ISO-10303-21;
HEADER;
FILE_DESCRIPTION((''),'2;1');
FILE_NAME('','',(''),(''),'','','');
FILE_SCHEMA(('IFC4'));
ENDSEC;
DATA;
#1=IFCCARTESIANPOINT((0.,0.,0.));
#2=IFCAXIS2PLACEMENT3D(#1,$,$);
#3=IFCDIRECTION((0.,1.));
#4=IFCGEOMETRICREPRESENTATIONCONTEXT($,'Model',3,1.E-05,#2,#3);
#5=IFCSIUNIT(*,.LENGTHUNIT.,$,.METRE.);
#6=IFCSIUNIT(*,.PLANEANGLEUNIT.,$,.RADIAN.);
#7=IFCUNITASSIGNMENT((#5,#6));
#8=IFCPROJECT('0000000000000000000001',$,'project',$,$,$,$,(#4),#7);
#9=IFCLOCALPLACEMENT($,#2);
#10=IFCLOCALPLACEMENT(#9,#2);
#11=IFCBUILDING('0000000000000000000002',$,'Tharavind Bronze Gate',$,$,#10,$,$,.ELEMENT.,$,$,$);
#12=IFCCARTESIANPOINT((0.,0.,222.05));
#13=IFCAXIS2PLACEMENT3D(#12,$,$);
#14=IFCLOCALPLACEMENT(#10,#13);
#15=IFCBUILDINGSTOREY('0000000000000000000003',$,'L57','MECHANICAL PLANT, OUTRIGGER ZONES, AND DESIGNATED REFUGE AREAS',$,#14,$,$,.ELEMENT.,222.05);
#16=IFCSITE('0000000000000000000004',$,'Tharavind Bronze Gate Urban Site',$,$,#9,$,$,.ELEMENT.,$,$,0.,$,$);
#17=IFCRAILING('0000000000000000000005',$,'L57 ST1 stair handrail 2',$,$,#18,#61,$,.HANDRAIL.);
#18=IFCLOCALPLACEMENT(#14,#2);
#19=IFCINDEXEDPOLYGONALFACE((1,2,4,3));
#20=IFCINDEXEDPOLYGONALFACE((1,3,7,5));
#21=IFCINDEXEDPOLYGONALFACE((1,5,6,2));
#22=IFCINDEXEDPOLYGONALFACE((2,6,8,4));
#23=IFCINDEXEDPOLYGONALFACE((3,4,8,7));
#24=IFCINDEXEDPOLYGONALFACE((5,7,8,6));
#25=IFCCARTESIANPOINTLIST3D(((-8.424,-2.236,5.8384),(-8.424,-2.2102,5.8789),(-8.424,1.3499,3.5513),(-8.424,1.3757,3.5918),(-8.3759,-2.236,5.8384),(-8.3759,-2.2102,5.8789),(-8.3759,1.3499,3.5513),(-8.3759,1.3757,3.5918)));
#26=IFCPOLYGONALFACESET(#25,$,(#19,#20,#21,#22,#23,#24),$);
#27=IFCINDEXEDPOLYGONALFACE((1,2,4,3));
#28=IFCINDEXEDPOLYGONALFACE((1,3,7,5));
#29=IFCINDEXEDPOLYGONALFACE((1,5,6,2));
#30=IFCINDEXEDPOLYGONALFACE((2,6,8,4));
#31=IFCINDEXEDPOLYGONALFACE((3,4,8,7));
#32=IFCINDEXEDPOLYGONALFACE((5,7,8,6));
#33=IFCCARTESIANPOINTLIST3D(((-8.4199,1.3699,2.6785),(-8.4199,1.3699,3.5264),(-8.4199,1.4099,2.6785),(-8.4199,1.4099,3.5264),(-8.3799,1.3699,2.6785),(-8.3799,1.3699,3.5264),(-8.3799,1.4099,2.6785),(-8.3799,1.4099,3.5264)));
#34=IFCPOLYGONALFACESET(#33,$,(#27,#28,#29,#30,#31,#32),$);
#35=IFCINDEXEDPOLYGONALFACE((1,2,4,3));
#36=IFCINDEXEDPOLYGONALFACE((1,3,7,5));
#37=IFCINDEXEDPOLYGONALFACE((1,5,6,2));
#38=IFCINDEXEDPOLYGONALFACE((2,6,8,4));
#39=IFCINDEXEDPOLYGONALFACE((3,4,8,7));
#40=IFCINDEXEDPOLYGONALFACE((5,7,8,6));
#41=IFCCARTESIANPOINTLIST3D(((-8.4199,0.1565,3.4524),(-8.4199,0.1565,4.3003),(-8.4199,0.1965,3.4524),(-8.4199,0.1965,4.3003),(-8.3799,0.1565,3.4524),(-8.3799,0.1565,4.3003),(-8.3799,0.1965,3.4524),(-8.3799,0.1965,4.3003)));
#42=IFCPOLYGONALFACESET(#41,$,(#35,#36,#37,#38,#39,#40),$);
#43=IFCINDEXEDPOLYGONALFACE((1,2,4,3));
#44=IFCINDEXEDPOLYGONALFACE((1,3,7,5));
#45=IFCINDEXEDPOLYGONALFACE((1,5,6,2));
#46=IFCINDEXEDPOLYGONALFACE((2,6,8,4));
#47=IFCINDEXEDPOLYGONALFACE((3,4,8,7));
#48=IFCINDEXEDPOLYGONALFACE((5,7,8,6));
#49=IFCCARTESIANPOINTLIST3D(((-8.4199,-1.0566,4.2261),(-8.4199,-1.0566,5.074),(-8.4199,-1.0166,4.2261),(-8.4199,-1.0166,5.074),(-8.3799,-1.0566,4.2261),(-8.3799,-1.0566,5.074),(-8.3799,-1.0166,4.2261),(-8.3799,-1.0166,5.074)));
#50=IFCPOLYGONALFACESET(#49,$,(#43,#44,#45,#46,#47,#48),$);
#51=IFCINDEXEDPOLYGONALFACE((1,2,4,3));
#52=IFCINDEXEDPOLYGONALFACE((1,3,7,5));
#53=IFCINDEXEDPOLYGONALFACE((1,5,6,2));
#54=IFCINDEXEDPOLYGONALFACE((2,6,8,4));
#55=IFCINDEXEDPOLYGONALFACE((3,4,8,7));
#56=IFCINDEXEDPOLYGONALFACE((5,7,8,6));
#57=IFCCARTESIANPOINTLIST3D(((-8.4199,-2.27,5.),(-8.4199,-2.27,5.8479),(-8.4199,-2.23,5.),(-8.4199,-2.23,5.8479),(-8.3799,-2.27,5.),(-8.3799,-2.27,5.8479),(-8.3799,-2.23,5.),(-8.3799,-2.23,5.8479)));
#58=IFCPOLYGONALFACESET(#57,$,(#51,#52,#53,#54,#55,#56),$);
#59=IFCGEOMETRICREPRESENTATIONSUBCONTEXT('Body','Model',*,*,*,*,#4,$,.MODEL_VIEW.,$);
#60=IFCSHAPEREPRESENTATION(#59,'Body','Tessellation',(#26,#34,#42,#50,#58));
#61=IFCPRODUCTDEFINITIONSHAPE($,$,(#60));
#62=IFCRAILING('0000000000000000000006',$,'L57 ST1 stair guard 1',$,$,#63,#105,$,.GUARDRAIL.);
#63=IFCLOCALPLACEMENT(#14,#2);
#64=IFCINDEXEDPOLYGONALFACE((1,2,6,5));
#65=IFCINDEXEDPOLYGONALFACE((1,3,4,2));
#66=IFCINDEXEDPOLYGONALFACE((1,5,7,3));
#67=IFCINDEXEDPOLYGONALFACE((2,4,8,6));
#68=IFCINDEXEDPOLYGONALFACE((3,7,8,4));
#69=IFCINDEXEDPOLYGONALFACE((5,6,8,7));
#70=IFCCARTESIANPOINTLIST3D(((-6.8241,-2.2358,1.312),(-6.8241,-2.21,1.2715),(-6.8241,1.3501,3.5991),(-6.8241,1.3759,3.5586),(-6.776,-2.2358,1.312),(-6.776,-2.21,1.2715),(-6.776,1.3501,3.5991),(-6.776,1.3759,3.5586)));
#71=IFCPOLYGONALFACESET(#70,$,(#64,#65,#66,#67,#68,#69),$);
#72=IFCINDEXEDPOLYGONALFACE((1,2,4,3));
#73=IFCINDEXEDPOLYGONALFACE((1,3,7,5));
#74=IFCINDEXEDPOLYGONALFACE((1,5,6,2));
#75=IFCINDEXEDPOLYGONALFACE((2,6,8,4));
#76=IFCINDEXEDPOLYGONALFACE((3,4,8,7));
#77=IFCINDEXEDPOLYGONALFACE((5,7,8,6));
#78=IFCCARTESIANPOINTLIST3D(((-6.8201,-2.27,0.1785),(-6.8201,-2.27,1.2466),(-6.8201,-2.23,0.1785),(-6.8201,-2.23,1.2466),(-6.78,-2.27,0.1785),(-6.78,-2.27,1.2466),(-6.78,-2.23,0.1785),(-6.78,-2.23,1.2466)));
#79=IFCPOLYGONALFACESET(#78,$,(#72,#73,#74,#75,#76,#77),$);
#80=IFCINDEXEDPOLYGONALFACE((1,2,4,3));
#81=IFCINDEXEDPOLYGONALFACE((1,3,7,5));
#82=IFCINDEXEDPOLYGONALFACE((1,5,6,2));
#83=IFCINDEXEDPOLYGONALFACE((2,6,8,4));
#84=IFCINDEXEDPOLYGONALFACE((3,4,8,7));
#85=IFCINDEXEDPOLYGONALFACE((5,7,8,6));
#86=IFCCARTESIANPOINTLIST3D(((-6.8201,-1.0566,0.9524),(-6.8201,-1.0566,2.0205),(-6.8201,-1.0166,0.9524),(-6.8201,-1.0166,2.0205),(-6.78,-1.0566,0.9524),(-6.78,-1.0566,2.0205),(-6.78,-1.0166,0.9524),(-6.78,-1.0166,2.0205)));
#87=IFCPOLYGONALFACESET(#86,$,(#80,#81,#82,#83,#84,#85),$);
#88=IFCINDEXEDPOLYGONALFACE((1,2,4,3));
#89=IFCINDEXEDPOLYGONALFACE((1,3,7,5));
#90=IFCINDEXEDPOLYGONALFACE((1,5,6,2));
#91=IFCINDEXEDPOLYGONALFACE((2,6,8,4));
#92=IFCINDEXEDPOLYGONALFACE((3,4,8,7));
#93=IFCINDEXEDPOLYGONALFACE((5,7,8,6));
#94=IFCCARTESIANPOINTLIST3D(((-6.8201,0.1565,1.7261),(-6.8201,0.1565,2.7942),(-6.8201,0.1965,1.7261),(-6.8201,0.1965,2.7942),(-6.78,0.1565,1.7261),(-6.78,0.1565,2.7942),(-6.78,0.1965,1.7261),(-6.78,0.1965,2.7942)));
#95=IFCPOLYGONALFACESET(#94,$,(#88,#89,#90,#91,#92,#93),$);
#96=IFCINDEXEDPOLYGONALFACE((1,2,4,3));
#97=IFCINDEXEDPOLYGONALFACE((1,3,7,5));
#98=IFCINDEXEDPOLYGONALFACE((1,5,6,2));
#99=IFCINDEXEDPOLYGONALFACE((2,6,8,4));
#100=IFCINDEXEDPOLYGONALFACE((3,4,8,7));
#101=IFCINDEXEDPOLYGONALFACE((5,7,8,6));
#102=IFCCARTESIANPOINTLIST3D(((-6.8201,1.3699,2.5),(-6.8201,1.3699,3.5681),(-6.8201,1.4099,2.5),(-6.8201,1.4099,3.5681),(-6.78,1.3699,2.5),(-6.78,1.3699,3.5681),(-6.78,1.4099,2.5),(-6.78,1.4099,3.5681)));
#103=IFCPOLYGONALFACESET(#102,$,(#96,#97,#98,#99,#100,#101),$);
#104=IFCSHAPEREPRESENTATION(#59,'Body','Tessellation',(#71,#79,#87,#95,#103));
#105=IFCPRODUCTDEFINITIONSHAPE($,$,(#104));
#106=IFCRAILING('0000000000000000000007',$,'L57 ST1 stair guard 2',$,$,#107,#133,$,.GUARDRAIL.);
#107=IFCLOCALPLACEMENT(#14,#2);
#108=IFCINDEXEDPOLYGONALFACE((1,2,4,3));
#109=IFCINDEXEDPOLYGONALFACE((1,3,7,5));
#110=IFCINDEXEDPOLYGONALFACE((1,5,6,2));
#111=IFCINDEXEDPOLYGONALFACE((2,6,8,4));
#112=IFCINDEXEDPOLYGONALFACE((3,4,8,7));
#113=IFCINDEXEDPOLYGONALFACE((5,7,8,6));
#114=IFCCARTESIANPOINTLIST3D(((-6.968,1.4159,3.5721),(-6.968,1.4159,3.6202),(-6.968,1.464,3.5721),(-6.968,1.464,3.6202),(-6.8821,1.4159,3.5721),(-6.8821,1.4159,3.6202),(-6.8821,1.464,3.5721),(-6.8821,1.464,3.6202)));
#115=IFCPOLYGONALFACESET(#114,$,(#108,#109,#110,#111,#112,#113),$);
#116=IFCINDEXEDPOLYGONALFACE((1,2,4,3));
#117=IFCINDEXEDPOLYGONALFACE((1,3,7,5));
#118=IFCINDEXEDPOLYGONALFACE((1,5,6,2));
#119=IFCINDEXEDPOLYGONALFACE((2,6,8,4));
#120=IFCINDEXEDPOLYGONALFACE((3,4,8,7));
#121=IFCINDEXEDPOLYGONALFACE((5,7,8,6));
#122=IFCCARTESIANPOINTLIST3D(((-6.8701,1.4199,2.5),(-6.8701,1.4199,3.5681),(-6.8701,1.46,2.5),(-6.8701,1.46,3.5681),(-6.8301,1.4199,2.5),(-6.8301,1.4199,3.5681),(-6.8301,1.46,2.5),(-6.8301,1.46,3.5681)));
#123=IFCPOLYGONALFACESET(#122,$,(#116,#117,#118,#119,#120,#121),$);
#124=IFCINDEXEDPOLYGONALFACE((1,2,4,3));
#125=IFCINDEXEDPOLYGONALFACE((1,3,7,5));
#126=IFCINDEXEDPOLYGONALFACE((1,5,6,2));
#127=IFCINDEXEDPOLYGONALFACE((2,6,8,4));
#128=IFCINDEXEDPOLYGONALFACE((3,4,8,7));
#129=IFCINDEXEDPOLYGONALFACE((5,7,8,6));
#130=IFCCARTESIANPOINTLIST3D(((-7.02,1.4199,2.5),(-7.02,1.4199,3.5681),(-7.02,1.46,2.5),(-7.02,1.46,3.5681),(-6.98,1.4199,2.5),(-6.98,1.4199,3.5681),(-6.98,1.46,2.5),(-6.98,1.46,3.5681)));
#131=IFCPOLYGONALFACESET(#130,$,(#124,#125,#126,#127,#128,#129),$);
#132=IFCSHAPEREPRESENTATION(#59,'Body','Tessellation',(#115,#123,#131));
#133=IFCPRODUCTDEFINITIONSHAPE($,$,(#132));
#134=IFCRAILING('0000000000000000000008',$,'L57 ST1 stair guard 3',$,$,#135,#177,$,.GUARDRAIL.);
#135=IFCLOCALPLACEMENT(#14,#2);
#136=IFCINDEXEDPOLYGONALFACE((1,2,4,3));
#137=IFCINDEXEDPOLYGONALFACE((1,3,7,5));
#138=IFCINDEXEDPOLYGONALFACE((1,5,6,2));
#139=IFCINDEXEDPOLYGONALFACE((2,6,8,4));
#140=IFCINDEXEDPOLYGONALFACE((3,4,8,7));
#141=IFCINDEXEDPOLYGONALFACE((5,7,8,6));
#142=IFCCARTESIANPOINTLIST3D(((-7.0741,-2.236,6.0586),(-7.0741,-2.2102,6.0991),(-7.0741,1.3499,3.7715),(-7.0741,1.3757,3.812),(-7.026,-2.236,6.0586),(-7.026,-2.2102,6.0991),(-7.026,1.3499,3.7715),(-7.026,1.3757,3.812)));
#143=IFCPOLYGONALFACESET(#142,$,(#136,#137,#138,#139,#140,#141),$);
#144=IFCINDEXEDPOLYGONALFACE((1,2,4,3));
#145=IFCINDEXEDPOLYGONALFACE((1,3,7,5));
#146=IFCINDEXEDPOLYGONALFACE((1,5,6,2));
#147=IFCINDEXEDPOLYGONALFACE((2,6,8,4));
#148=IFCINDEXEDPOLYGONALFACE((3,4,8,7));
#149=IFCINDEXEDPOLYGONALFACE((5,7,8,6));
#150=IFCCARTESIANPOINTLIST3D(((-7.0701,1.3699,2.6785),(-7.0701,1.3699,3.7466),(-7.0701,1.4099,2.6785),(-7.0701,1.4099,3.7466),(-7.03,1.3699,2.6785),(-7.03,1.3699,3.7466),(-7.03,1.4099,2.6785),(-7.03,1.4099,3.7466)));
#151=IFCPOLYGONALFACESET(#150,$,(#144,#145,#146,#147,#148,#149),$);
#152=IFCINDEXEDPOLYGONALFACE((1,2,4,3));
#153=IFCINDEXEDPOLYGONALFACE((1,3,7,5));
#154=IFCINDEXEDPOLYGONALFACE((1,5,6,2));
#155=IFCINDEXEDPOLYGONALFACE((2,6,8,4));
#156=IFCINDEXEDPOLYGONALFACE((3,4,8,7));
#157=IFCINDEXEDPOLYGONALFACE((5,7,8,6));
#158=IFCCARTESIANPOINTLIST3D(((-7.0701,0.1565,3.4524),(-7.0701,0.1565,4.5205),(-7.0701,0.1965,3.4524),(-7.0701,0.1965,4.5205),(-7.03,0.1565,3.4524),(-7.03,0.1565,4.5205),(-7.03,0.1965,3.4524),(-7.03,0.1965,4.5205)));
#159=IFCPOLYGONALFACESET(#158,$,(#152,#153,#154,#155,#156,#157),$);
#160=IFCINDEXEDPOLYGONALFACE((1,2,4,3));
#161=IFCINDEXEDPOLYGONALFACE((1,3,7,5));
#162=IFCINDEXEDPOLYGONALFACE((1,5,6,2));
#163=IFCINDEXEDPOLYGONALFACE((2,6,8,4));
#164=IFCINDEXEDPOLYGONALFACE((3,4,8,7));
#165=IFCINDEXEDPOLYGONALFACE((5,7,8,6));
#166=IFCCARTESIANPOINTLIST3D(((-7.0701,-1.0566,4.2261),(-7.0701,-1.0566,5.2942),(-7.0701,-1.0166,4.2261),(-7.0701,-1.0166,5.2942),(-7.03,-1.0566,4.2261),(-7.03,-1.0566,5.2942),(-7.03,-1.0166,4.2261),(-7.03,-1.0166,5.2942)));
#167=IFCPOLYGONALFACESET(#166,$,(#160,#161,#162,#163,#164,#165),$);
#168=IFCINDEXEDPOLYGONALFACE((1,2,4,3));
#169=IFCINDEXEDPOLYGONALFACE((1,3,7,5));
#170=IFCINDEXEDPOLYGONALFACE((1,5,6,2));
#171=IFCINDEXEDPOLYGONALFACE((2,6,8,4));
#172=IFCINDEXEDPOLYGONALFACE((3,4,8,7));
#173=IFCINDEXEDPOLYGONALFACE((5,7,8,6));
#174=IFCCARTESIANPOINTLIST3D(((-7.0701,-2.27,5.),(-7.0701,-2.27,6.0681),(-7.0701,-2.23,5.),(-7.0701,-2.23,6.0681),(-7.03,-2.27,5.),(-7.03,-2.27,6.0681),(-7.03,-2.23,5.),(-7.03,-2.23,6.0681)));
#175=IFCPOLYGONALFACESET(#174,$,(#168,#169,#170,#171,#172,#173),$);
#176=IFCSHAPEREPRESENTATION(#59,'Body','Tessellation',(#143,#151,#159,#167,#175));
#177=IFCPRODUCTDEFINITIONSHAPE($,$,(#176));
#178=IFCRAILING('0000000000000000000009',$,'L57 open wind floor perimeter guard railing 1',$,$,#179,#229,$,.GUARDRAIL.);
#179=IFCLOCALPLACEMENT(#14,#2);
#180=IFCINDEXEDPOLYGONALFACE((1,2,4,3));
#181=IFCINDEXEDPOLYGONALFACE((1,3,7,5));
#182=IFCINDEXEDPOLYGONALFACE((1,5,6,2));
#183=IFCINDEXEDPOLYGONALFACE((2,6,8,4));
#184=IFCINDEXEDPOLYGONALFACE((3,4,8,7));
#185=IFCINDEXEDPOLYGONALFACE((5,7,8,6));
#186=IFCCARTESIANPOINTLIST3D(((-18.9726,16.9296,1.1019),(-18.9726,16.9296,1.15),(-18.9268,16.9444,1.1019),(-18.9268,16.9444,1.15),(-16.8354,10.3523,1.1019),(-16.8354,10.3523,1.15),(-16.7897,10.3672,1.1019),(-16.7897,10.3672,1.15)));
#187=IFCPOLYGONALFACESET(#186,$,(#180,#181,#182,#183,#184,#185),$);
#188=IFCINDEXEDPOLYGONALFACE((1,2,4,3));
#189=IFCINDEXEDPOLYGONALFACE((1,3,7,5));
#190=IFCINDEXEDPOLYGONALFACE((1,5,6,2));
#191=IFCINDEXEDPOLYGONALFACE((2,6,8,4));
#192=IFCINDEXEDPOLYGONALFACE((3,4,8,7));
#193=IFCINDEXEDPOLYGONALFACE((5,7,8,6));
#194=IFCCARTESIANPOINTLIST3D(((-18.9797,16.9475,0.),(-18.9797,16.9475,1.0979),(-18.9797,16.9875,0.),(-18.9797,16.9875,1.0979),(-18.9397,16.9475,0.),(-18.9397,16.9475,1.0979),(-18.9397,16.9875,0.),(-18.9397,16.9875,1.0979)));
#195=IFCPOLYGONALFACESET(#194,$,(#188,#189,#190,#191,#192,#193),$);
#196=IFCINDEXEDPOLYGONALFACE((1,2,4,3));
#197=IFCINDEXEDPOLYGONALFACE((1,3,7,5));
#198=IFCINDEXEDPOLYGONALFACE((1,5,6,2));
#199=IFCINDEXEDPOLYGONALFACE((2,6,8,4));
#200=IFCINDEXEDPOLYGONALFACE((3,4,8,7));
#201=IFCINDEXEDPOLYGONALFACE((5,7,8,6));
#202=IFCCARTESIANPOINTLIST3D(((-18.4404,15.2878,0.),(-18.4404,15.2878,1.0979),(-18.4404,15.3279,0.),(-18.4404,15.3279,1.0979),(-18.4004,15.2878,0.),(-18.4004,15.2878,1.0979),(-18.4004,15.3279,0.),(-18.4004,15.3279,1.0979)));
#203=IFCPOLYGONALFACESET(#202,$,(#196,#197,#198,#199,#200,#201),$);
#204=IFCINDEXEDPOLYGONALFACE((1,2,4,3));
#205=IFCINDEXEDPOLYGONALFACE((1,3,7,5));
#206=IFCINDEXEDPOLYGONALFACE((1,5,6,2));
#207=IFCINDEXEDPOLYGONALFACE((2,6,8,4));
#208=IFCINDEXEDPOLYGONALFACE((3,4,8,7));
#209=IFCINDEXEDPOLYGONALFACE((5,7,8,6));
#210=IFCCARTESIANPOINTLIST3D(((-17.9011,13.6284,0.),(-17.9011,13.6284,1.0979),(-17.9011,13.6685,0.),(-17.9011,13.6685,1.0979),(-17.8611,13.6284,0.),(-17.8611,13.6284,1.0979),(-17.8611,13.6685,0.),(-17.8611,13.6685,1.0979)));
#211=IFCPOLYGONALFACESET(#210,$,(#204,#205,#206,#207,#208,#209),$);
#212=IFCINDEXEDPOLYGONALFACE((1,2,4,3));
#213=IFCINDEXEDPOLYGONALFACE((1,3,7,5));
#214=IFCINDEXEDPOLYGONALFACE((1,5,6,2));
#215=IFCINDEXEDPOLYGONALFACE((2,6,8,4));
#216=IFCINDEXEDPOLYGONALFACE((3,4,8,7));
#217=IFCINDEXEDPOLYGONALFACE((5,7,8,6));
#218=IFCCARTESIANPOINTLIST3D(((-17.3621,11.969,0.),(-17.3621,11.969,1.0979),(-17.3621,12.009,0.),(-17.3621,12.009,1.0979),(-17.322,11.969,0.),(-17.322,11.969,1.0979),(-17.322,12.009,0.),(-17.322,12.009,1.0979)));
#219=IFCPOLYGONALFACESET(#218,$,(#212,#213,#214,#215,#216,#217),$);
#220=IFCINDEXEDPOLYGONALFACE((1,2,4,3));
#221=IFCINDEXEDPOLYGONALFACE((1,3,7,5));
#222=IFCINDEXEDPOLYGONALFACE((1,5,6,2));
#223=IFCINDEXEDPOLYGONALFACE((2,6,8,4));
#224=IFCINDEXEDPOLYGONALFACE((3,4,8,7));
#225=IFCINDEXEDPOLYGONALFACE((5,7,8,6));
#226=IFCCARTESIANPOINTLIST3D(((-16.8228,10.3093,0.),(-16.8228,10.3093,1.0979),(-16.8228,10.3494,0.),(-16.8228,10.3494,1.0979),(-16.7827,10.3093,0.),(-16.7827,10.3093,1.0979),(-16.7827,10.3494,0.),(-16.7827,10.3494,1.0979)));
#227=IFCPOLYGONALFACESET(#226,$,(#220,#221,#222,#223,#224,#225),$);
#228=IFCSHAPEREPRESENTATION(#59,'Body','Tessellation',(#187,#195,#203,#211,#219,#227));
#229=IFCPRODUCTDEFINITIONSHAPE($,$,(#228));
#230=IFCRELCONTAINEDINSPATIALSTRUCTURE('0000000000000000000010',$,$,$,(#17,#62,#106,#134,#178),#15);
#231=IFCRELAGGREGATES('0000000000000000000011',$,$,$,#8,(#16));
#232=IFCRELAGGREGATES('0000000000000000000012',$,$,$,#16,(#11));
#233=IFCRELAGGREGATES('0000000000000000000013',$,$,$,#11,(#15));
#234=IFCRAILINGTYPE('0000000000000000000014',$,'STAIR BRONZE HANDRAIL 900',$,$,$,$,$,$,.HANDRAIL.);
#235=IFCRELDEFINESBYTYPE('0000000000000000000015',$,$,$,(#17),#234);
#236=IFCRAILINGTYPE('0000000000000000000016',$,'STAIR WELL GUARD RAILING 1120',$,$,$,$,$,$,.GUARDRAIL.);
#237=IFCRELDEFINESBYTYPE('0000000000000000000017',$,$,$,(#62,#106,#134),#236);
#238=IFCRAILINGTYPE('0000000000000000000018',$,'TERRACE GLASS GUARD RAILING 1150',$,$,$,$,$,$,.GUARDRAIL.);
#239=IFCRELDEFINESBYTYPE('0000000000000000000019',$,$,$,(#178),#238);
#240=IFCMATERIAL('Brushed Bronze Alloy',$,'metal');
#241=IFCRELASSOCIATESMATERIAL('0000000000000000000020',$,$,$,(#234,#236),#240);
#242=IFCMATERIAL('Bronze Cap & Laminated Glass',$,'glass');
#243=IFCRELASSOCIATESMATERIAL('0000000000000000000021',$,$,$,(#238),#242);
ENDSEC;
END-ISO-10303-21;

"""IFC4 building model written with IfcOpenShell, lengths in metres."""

from ifc_helpers import new_model, si_unit, direction, frame, origin, origin_2d, place, context, subcontext, project, spatial, rectangle, extrude, material, type_object, element, save


model = new_model("IFC4")

# Units and contexts
model_context = context("Model", 3, precision=1e-05, world=origin(), true_north=direction((0.0, 1.0)))
body_context = subcontext(model_context, "Body", "Model", "MODEL_VIEW")
ifc_project = project(units=[si_unit("LENGTHUNIT", "METRE"), si_unit("PLANEANGLEUNIT", "RADIAN")], contexts=[model_context])

# Site, building, storey
site_placement = place(None, origin())
site = spatial("IfcSite", under=ifc_project, at=site_placement, Name="Tharavind Bronze Gate Urban Site", CompositionType="ELEMENT", RefElevation=0.0)
building_placement = place(site_placement, origin())
building = spatial("IfcBuilding", under=site, at=building_placement, Name="Tharavind Bronze Gate", CompositionType="ELEMENT")
storey_placement = place(building_placement, frame((0.0, 0.0, 222.05)))
storey = spatial("IfcBuildingStorey", under=building, at=storey_placement, Name="L57", Description="MECHANICAL PLANT, OUTRIGGER ZONES, AND DESIGNATED REFUGE AREAS", CompositionType="ELEMENT", Elevation=222.05)

# Railings
ifc_material_1 = material(Name="Brushed Bronze Alloy", Category="metal")
railing_type_1 = type_object("IfcRailingType", Name="STAIR BRONZE HANDRAIL 900", PredefinedType="HANDRAIL", material=ifc_material_1)
railing_1_placement = place(storey_placement, frame((-8.3999, 1.3899, 2.6785)))
element("IfcRailing", 1, at=railing_1_placement, inside=storey, type_object=railing_type_1, Name="L57 ST1 stair handrail 2", PredefinedType="HANDRAIL", context=body_context, shape_type="SweptSolid", body=[
    extrude(rectangle(XDim=0.0481, YDim=0.0481, at=origin_2d()), frame((0.0, -0.0271, 0.8931), z_axis=(0.0, -0.843112, 0.537739), x_axis=(1.0, 0.0, 0.0)), (0.0, 0.0, 1.0), 4.2532),
    extrude(rectangle(XDim=0.04, YDim=0.04, at=origin_2d()), origin(), (0.0, 0.0, 1.0), 0.8479),
    extrude(rectangle(XDim=0.04, YDim=0.04, at=origin_2d()), frame((0.0, -1.2134, 0.7739)), (0.0, 0.0, 1.0), 0.8479),
    extrude(rectangle(XDim=0.04, YDim=0.04, at=origin_2d()), frame((0.0, -2.4265, 1.5476)), (0.0, 0.0, 1.0), 0.8479),
    extrude(rectangle(XDim=0.04, YDim=0.04, at=origin_2d()), frame((0.0, -3.6399, 2.3215)), (0.0, 0.0, 1.0), 0.8479),
])
railing_type_2 = type_object("IfcRailingType", Name="STAIR WELL GUARD RAILING 1120", PredefinedType="GUARDRAIL", material=ifc_material_1)
railing_2_placement = place(storey_placement, frame((-6.8, -2.25, 0.1785)))
element("IfcRailing", 2, at=railing_2_placement, inside=storey, type_object=railing_type_2, Name="L57 ST1 stair guard 1", PredefinedType="GUARDRAIL", context=body_context, shape_type="SweptSolid", body=[
    extrude(rectangle(XDim=0.0481, YDim=0.0481, at=origin_2d()), frame((0.0, 0.0271, 1.1133), z_axis=(0.0, 0.843112, 0.537739), x_axis=(-1.0, 0.0, 0.0)), (0.0, 0.0, 1.0), 4.2532),
    extrude(rectangle(XDim=0.04, YDim=0.04, at=origin_2d()), origin(), (0.0, 0.0, 1.0), 1.0681),
    extrude(rectangle(XDim=0.04, YDim=0.04, at=origin_2d()), frame((0.0, 1.2134, 0.7739)), (0.0, 0.0, 1.0), 1.0681),
    extrude(rectangle(XDim=0.04, YDim=0.04, at=origin_2d()), frame((0.0, 2.4265, 1.5476)), (0.0, 0.0, 1.0), 1.0681),
    extrude(rectangle(XDim=0.04, YDim=0.04, at=origin_2d()), frame((0.0, 3.6399, 2.3215)), (0.0, 0.0, 1.0), 1.0681),
])
railing_3_placement = place(storey_placement, frame((-6.8501, 1.4399, 2.5)))
element("IfcRailing", 3, at=railing_3_placement, inside=storey, type_object=railing_type_2, Name="L57 ST1 stair guard 2", PredefinedType="GUARDRAIL", context=body_context, shape_type="SweptSolid", body=[
    extrude(rectangle(XDim=0.0481, YDim=0.0481, at=origin_2d()), frame((-0.032, 0.0, 1.0962), z_axis=(-1.0, 0.0, 0.0), x_axis=(0.0, -1.0, 0.0)), (0.0, 0.0, 1.0), 0.0859),
    extrude(rectangle(XDim=0.04, YDim=0.04, at=origin_2d()), origin(), (0.0, 0.0, 1.0), 1.0681),
    extrude(rectangle(XDim=0.04, YDim=0.04, at=origin_2d()), frame((-0.1499, 0.0, 0.0)), (0.0, 0.0, 1.0), 1.0681),
])
railing_4_placement = place(storey_placement, frame((-7.05, 1.3899, 2.6785)))
element("IfcRailing", 4, at=railing_4_placement, inside=storey, type_object=railing_type_2, Name="L57 ST1 stair guard 3", PredefinedType="GUARDRAIL", context=body_context, shape_type="SweptSolid", body=[
    extrude(rectangle(XDim=0.0481, YDim=0.0481, at=origin_2d()), frame((0.0, -0.0271, 1.1133), z_axis=(0.0, -0.843112, 0.537739), x_axis=(1.0, 0.0, 0.0)), (0.0, 0.0, 1.0), 4.2532),
    extrude(rectangle(XDim=0.04, YDim=0.04, at=origin_2d()), origin(), (0.0, 0.0, 1.0), 1.0681),
    extrude(rectangle(XDim=0.04, YDim=0.04, at=origin_2d()), frame((0.0, -1.2134, 0.7739)), (0.0, 0.0, 1.0), 1.0681),
    extrude(rectangle(XDim=0.04, YDim=0.04, at=origin_2d()), frame((0.0, -2.4265, 1.5476)), (0.0, 0.0, 1.0), 1.0681),
    extrude(rectangle(XDim=0.04, YDim=0.04, at=origin_2d()), frame((0.0, -3.6399, 2.3215)), (0.0, 0.0, 1.0), 1.0681),
])
ifc_material_2 = material(Name="Bronze Cap & Laminated Glass", Category="glass")
railing_type_3 = type_object("IfcRailingType", Name="TERRACE GLASS GUARD RAILING 1150", PredefinedType="GUARDRAIL", material=ifc_material_2)
railing_5_placement = place(storey_placement, frame((-18.9597, 16.9675, 0.0)))
element("IfcRailing", 5, at=railing_5_placement, inside=storey, type_object=railing_type_3, Name="L57 open wind floor perimeter guard railing 1", PredefinedType="GUARDRAIL", context=body_context, shape_type="SweptSolid", body=[
    extrude(rectangle(XDim=0.0481, YDim=0.0481, at=origin_2d()), frame((0.01, -0.0305, 1.126), z_axis=(0.309031, -0.951052, 0.0), x_axis=(0.951052, 0.309031, 0.0)), (0.0, 0.0, 1.0), 6.9158),
    extrude(rectangle(XDim=0.04, YDim=0.04, at=origin_2d()), origin(), (0.0, 0.0, 1.0), 1.0979),
    extrude(rectangle(XDim=0.04, YDim=0.04, at=origin_2d()), frame((0.5393, -1.6597, 0.0)), (0.0, 0.0, 1.0), 1.0979),
    extrude(rectangle(XDim=0.04, YDim=0.04, at=origin_2d()), frame((1.0786, -3.3191, 0.0)), (0.0, 0.0, 1.0), 1.0979),
    extrude(rectangle(XDim=0.04, YDim=0.04, at=origin_2d()), frame((1.6177, -4.9785, 0.0)), (0.0, 0.0, 1.0), 1.0979),
    extrude(rectangle(XDim=0.04, YDim=0.04, at=origin_2d()), frame((2.157, -6.6382, 0.0)), (0.0, 0.0, 1.0), 1.0979),
])

save(model, "model.ifc")
